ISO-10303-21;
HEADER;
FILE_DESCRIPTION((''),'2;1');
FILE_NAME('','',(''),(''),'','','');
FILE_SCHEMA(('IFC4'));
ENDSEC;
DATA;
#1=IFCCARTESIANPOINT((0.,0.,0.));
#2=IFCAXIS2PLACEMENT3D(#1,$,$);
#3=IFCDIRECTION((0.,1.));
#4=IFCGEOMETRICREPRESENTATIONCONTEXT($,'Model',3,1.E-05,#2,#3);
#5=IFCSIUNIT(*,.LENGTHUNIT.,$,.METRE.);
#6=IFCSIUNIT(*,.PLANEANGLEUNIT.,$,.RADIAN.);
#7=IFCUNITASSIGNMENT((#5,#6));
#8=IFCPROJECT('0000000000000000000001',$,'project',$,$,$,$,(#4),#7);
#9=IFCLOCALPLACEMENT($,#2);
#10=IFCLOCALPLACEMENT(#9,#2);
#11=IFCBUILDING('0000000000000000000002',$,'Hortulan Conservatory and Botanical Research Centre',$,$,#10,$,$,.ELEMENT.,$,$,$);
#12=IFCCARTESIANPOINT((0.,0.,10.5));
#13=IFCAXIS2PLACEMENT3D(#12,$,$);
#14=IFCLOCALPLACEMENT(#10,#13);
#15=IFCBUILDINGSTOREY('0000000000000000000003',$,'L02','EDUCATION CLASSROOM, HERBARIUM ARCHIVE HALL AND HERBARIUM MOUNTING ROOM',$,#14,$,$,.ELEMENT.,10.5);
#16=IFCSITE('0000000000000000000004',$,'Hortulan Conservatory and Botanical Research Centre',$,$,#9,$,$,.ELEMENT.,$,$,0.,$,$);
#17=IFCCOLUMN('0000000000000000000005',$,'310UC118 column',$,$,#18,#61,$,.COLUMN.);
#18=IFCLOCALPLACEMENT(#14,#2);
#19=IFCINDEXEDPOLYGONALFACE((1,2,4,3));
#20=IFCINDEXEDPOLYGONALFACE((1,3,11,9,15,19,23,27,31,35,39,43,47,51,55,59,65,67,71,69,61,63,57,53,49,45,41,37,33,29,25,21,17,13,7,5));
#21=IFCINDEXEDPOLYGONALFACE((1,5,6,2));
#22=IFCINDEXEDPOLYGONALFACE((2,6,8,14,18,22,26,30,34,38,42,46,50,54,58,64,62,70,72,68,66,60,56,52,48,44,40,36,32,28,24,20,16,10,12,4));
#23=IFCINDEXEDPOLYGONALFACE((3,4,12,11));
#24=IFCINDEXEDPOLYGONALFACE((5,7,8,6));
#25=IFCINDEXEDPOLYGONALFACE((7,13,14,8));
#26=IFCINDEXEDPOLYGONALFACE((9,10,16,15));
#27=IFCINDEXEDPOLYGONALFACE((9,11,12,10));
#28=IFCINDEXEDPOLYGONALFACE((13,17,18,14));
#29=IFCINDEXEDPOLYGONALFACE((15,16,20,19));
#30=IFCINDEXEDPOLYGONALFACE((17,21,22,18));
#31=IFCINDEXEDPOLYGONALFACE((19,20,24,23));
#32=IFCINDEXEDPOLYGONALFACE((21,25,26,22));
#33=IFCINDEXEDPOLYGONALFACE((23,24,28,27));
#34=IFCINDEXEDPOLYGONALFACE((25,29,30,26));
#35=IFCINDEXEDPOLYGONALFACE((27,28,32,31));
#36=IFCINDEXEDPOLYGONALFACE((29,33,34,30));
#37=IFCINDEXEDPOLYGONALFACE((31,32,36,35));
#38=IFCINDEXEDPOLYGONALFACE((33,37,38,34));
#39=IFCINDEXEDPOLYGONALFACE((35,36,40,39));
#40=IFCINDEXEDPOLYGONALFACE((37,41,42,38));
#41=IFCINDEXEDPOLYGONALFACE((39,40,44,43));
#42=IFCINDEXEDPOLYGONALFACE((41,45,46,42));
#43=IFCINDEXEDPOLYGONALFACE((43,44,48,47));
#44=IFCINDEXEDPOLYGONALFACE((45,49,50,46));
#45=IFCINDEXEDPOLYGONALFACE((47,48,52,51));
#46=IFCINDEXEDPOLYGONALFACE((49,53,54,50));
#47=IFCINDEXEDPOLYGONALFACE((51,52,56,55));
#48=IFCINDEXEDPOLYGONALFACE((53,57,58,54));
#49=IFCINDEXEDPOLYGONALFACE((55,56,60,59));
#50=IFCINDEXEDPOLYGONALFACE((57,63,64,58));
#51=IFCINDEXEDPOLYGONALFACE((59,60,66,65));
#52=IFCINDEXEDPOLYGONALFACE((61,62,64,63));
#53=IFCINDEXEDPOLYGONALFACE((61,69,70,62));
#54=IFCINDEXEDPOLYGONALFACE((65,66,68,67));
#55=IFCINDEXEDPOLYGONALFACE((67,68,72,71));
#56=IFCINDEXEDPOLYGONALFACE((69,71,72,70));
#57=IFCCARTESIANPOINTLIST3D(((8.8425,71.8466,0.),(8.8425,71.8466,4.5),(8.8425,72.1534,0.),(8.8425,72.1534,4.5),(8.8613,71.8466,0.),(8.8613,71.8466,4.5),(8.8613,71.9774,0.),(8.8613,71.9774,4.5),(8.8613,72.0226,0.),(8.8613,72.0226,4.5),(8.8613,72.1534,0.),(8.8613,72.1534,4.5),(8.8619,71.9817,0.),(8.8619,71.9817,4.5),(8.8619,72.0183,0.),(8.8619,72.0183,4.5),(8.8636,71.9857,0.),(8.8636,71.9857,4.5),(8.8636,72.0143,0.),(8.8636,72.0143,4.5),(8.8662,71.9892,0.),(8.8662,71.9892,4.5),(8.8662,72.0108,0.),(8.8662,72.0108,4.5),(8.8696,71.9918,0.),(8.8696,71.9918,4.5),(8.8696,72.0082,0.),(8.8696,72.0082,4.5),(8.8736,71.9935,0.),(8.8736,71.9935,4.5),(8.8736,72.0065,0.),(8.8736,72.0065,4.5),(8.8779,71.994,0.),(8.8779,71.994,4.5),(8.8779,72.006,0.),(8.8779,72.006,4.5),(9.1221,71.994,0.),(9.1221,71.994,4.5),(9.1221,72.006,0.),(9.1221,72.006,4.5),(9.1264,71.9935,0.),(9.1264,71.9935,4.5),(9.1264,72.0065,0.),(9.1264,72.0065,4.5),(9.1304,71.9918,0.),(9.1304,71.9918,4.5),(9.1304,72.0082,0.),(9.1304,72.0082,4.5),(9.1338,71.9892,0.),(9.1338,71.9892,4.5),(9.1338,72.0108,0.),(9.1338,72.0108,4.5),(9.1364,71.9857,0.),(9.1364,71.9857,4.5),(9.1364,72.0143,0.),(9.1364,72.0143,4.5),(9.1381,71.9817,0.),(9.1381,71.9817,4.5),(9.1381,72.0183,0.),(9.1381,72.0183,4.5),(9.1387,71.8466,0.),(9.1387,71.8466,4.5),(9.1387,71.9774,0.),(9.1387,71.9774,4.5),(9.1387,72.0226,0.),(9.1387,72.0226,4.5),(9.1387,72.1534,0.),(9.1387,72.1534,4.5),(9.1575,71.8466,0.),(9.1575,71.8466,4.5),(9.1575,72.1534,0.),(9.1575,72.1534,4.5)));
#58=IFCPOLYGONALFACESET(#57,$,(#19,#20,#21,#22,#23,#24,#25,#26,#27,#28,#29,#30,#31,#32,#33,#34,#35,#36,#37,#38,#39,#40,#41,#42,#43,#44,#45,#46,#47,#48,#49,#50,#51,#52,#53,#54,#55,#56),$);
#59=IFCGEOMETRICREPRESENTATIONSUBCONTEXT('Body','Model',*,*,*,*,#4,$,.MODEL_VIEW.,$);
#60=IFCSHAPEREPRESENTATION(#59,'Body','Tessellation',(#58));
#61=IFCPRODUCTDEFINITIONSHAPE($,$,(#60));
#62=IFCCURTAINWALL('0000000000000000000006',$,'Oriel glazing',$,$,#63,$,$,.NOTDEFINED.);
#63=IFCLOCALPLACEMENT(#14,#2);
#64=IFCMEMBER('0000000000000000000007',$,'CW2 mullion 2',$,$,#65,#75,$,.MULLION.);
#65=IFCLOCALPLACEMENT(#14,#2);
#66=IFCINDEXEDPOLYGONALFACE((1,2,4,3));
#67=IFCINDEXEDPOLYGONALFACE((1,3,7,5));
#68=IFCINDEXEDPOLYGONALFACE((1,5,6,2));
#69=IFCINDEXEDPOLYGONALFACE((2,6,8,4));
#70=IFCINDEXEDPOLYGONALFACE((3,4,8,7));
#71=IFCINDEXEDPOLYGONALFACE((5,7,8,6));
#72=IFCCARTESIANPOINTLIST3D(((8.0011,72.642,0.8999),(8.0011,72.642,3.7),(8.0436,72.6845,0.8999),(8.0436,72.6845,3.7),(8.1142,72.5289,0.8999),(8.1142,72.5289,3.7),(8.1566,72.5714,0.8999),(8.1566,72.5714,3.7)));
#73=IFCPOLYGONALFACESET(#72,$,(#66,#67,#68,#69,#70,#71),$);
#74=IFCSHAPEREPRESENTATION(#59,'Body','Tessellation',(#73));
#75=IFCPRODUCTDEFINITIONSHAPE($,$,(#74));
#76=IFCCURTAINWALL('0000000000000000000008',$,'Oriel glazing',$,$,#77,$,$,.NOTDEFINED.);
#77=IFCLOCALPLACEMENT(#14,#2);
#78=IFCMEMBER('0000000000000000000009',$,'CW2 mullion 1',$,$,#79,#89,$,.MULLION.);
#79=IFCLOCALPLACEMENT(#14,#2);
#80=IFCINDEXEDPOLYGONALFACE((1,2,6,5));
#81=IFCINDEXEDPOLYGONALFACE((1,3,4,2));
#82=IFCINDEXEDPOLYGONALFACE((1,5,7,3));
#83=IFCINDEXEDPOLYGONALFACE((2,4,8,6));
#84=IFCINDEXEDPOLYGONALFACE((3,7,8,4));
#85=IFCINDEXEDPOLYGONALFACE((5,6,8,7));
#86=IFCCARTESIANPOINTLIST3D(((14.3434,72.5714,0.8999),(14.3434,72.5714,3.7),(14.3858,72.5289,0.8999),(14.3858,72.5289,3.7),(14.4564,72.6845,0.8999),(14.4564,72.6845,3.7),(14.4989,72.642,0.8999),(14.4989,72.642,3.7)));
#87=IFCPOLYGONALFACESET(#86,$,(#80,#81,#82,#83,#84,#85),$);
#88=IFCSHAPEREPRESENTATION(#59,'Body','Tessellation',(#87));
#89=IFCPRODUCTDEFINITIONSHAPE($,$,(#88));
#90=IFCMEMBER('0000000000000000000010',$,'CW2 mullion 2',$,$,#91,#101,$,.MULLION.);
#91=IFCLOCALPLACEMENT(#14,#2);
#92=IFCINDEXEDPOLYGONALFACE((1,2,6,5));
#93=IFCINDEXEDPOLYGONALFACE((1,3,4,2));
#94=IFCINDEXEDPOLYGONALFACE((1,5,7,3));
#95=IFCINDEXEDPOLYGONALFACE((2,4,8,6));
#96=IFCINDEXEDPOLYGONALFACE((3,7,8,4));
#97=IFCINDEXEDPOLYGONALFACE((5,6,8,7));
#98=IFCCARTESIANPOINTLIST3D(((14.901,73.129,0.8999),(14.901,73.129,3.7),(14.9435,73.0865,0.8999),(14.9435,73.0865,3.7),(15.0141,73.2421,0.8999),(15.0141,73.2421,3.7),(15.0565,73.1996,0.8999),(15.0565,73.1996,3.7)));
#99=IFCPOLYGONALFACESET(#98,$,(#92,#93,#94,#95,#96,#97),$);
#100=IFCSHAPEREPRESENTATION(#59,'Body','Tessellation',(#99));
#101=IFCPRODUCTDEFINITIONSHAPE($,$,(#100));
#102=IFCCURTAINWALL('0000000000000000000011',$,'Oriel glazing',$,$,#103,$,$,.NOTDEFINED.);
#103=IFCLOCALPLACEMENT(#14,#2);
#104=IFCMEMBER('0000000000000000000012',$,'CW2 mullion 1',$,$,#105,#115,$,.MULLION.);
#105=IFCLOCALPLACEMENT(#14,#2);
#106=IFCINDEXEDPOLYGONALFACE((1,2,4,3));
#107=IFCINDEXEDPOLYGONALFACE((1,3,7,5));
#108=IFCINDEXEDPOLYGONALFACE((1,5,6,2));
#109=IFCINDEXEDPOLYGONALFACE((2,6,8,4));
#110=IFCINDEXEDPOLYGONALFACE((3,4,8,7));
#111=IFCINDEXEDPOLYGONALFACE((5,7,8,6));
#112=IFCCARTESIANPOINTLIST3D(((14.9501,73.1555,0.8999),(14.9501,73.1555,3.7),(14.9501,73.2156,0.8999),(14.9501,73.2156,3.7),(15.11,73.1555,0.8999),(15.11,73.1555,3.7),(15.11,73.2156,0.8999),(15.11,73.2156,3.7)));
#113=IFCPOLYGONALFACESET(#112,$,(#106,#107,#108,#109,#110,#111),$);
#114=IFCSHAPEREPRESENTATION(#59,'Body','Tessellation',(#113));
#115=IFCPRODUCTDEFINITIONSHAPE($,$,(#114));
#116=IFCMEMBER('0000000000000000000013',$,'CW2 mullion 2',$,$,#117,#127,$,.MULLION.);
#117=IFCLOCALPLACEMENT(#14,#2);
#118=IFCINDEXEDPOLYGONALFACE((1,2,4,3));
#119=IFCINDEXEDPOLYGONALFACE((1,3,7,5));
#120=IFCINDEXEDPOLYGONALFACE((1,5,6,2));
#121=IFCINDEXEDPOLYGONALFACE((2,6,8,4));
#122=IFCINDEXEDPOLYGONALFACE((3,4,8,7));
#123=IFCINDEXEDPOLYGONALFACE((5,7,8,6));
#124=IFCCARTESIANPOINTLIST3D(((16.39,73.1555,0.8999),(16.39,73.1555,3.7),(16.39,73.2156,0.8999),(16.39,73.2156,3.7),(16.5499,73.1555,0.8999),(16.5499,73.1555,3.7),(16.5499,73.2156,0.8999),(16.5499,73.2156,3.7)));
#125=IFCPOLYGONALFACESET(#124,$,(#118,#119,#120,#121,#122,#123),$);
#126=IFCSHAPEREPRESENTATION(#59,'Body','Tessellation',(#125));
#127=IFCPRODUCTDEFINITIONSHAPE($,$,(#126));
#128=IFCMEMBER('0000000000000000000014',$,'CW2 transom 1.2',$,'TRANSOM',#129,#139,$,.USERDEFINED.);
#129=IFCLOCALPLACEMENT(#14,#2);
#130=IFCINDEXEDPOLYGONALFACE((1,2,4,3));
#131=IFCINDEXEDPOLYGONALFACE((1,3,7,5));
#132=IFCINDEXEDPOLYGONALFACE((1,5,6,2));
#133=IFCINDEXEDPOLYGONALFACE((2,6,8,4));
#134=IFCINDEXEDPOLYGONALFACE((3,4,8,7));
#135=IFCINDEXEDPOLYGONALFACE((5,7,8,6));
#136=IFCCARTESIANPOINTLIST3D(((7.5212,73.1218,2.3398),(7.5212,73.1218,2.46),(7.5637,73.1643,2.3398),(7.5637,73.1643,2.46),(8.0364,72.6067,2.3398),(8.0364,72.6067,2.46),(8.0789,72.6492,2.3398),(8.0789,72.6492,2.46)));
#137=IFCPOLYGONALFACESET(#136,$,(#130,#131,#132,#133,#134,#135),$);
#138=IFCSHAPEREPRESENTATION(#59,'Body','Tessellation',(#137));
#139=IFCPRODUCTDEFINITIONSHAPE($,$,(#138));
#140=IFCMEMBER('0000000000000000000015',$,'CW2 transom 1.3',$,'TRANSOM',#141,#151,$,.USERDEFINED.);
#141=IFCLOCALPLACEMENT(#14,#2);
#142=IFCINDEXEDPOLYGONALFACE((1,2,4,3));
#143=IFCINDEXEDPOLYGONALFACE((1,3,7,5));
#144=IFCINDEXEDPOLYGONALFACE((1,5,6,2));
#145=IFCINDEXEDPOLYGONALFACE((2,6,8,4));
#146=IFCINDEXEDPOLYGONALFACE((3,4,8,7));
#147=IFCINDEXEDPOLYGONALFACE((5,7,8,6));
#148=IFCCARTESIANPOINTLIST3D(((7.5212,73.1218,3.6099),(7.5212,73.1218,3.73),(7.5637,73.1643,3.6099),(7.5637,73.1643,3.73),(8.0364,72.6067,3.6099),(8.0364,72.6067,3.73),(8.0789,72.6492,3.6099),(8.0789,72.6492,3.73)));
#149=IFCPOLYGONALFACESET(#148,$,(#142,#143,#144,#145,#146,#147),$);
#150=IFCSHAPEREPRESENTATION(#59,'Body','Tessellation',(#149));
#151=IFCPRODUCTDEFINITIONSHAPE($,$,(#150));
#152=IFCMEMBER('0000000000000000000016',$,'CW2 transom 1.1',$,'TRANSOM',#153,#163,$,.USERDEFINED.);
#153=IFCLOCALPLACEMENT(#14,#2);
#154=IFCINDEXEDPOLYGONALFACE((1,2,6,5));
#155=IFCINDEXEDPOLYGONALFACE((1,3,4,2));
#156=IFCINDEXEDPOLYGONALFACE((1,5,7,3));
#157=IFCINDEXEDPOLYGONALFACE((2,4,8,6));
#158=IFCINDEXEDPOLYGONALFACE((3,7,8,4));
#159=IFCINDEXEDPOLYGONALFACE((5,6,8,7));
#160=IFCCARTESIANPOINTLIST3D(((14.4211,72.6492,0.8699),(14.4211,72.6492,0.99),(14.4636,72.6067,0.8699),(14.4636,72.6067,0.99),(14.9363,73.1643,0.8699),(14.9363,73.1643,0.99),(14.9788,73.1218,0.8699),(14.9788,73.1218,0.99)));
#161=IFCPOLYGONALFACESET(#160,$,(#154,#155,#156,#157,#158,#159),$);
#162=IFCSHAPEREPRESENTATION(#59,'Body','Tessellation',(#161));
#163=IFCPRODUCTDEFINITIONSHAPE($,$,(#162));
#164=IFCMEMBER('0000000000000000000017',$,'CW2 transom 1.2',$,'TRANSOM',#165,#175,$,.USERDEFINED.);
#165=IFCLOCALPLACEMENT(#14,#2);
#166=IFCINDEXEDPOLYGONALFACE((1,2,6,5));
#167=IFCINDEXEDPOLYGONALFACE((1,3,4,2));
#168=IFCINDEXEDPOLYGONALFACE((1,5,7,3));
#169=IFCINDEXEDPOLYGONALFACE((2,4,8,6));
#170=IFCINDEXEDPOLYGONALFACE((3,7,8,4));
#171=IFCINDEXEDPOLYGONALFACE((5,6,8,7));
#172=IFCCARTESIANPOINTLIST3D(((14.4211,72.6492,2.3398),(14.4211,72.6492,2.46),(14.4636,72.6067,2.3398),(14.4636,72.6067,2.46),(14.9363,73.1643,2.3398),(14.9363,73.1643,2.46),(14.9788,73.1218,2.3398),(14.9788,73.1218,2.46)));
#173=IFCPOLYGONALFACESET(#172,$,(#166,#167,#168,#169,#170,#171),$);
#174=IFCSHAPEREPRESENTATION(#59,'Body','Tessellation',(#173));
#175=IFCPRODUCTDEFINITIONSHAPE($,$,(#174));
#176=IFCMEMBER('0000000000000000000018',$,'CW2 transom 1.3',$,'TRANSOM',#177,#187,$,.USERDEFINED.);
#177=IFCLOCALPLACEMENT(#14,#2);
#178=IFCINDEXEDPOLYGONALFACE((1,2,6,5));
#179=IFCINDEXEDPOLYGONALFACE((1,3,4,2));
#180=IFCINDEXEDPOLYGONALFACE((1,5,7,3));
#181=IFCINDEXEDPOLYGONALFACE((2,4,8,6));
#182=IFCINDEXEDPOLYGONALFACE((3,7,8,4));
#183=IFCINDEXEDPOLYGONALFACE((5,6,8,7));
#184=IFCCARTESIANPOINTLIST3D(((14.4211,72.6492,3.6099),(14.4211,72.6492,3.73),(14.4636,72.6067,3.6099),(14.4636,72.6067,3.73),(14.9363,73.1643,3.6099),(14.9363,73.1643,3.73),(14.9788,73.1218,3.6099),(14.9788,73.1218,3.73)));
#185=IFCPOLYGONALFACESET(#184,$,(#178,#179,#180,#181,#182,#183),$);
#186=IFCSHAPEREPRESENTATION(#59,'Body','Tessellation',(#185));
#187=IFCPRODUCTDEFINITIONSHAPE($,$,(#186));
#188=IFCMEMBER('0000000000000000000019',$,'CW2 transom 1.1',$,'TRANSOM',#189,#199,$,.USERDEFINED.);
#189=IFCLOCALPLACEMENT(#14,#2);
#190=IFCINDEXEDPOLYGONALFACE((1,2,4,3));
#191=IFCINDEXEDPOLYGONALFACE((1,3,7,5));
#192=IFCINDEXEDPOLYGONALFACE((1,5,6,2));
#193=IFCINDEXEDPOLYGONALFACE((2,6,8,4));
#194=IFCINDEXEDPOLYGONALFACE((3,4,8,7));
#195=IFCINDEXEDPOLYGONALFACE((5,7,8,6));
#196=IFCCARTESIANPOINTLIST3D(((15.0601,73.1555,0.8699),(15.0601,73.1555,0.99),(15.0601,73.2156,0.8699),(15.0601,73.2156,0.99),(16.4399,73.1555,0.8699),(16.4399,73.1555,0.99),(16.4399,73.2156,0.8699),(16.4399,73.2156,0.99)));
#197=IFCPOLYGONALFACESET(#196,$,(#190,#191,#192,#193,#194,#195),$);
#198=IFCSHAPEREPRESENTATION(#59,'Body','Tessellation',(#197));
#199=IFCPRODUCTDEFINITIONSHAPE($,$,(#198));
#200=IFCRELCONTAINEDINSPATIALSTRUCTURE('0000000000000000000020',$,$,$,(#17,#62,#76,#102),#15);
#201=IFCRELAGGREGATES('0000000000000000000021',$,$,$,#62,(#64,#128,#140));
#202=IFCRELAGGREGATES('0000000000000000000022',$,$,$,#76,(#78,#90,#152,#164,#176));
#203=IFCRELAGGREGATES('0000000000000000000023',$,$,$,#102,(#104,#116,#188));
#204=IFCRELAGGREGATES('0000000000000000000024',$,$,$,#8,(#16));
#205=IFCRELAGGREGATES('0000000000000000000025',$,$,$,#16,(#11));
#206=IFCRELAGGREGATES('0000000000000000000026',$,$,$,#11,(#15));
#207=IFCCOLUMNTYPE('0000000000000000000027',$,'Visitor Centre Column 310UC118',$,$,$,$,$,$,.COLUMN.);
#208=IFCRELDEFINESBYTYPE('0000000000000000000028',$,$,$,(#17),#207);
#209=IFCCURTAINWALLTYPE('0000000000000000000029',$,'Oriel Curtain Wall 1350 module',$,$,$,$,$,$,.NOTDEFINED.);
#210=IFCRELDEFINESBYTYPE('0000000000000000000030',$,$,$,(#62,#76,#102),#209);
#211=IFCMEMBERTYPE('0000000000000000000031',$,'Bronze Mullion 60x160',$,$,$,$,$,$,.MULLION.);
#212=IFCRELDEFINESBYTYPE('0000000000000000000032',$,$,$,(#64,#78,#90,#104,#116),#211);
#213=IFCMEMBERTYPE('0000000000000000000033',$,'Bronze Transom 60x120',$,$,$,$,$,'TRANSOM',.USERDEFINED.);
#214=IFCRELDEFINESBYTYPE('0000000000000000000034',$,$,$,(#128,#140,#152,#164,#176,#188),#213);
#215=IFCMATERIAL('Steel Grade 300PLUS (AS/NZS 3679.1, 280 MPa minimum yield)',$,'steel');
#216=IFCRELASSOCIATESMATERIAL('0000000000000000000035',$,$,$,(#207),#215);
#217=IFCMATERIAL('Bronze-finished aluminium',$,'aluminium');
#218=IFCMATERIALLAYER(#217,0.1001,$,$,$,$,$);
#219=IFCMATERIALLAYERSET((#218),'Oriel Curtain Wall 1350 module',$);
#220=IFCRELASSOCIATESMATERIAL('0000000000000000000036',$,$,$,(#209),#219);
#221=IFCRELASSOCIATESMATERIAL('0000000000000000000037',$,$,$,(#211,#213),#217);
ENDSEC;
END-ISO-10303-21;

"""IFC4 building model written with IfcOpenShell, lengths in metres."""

from ifc_helpers import new_model, si_unit, direction, frame, origin, origin_2d, place, context, subcontext, project, spatial, rectangle, i_section, extrude, material, layer, layer_set, material_profile, profile_set, type_object, element, aggregate, save


model = new_model("IFC4")

# Units and contexts
model_context = context("Model", 3, precision=1e-05, world=origin(), true_north=direction((0.0, 1.0)))
body_context = subcontext(model_context, "Body", "Model", "MODEL_VIEW")
ifc_project = project(units=[si_unit("LENGTHUNIT", "METRE"), si_unit("PLANEANGLEUNIT", "RADIAN")], contexts=[model_context])

# Site, building, storey
site_placement = place(None, origin())
site = spatial("IfcSite", under=ifc_project, at=site_placement, Name="Hortulan Conservatory and Botanical Research Centre", CompositionType="ELEMENT", RefElevation=0.0)
building_placement = place(site_placement, origin())
building = spatial("IfcBuilding", under=site, at=building_placement, Name="Hortulan Conservatory and Botanical Research Centre", CompositionType="ELEMENT")
storey_placement = place(building_placement, frame((0.0, 0.0, 10.5)))
storey = spatial("IfcBuildingStorey", under=building, at=storey_placement, Name="L02", Description="EDUCATION CLASSROOM, HERBARIUM ARCHIVE HALL AND HERBARIUM MOUNTING ROOM", CompositionType="ELEMENT", Elevation=10.5)

# Column
ifc_material_1 = material(Name="Steel Grade 300PLUS (AS/NZS 3679.1, 280 MPa minimum yield)", Category="steel")
ifc_material_profile_1 = material_profile(ifc_material_1, i_section(OverallWidth=0.3069, OverallDepth=0.3149, WebThickness=0.012, FlangeThickness=0.0188, FilletRadius=0.0166, at=origin_2d()), Name="310UC118")
ifc_profile_set_1 = profile_set([ifc_material_profile_1], Name="Steel Grade 300PLUS (AS/NZS 3679.1, 280 MPa minimum yield)")
column_type = type_object("IfcColumnType", Name="Visitor Centre Column 310UC118", PredefinedType="COLUMN", material=ifc_profile_set_1)
column_placement = place(storey_placement, frame((9.0, 72.0, 0.0), z_axis=(0.0, 0.0, 1.0), x_axis=(0.0, 1.0, 0.0)))
element("IfcColumn", 1, at=column_placement, inside=storey, type_object=column_type, Name="310UC118 column", PredefinedType="COLUMN", context=body_context, shape_type="SweptSolid", body=[
    extrude(i_section(OverallWidth=0.3069, OverallDepth=0.3149, WebThickness=0.012, FlangeThickness=0.0188, FilletRadius=0.0166, at=origin_2d()), origin(), (0.0, 0.0, 1.0), 4.5),
])

# Curtain wall, member
ifc_material_2 = material(Name="Bronze-finished aluminium", Category="aluminium")
ifc_layer_1 = layer(ifc_material_2, 0.1001)
ifc_layer_set_1 = layer_set([ifc_layer_1], Name="Oriel Curtain Wall 1350 module")
curtain_wall_type = type_object("IfcCurtainWallType", Name="Oriel Curtain Wall 1350 module", PredefinedType="NOTDEFINED", material=ifc_layer_set_1)
curtain_wall_1_placement = place(storey_placement, origin())
curtain_wall_1 = element("IfcCurtainWall", 2, at=curtain_wall_1_placement, inside=storey, type_object=curtain_wall_type, Name="Oriel glazing", PredefinedType="NOTDEFINED")
ifc_material_profile_2 = material_profile(ifc_material_2, rectangle(XDim=0.0601, YDim=0.1599, at=origin_2d()), Name="Bronze Mullion 60x160")
ifc_profile_set_2 = profile_set([ifc_material_profile_2], Name="Bronze-finished aluminium")
member_type_1 = type_object("IfcMemberType", Name="Bronze Mullion 60x160", PredefinedType="MULLION", material=ifc_profile_set_2)
member_1_placement = place(storey_placement, frame((8.0789, 72.6067, 0.8999), z_axis=(0.0, 0.0, 1.0), x_axis=(0.707107, 0.707107, 0.0)))
member_1 = element("IfcMember", 3, at=member_1_placement, type_object=member_type_1, Name="CW2 mullion 2", PredefinedType="MULLION", context=body_context, shape_type="SweptSolid", body=[
    extrude(rectangle(XDim=0.0601, YDim=0.1599, at=origin_2d()), origin(), (0.0, 0.0, 1.0), 2.8),
])

# Curtain walls, members
curtain_wall_2_placement = place(storey_placement, origin())
curtain_wall_2 = element("IfcCurtainWall", 4, at=curtain_wall_2_placement, inside=storey, type_object=curtain_wall_type, Name="Oriel glazing", PredefinedType="NOTDEFINED")
member_2_placement = place(storey_placement, frame((14.4211, 72.6067, 0.8999), z_axis=(0.0, 0.0, 1.0), x_axis=(-0.707107, 0.707107, 0.0)))
member_2 = element("IfcMember", 5, at=member_2_placement, type_object=member_type_1, Name="CW2 mullion 1", PredefinedType="MULLION", context=body_context, shape_type="SweptSolid", body=[
    extrude(rectangle(XDim=0.0601, YDim=0.1599, at=origin_2d()), origin(), (0.0, 0.0, 1.0), 2.8),
])
member_3_placement = place(storey_placement, frame((14.9788, 73.1643, 0.8999), z_axis=(0.0, 0.0, 1.0), x_axis=(-0.707107, 0.707107, 0.0)))
member_3 = element("IfcMember", 6, at=member_3_placement, type_object=member_type_1, Name="CW2 mullion 2", PredefinedType="MULLION", context=body_context, shape_type="SweptSolid", body=[
    extrude(rectangle(XDim=0.0601, YDim=0.1599, at=origin_2d()), origin(), (0.0, 0.0, 1.0), 2.8),
])
curtain_wall_3_placement = place(storey_placement, origin())
curtain_wall_3 = element("IfcCurtainWall", 7, at=curtain_wall_3_placement, inside=storey, type_object=curtain_wall_type, Name="Oriel glazing", PredefinedType="NOTDEFINED")
member_4_placement = place(storey_placement, frame((15.03, 73.1855, 0.8999), z_axis=(0.0, 0.0, 1.0), x_axis=(0.0, 1.0, 0.0)))
member_4 = element("IfcMember", 8, at=member_4_placement, type_object=member_type_1, Name="CW2 mullion 1", PredefinedType="MULLION", context=body_context, shape_type="SweptSolid", body=[
    extrude(rectangle(XDim=0.0601, YDim=0.1599, at=origin_2d()), origin(), (0.0, 0.0, 1.0), 2.8),
])
member_5_placement = place(storey_placement, frame((16.47, 73.1855, 0.8999), z_axis=(0.0, 0.0, 1.0), x_axis=(0.0, 1.0, 0.0)))
member_5 = element("IfcMember", 9, at=member_5_placement, type_object=member_type_1, Name="CW2 mullion 2", PredefinedType="MULLION", context=body_context, shape_type="SweptSolid", body=[
    extrude(rectangle(XDim=0.0601, YDim=0.1599, at=origin_2d()), origin(), (0.0, 0.0, 1.0), 2.8),
])

# Members
ifc_material_profile_3 = material_profile(ifc_material_2, rectangle(XDim=0.0601, YDim=0.1201, at=origin_2d()), Name="Bronze Transom 60x120")
ifc_profile_set_3 = profile_set([ifc_material_profile_3], Name="Bronze-finished aluminium")
member_type_2 = type_object("IfcMemberType", Name="Bronze Transom 60x120", ElementType="TRANSOM", PredefinedType="USERDEFINED", material=ifc_profile_set_3)
member_6_placement = place(storey_placement, frame((7.5425, 73.1431, 2.3999), z_axis=(0.707107, -0.707107, 0.0), x_axis=(0.707107, 0.707107, 0.0)))
member_6 = element("IfcMember", 10, at=member_6_placement, type_object=member_type_2, Name="CW2 transom 1.2", ObjectType="TRANSOM", PredefinedType="USERDEFINED", context=body_context, shape_type="SweptSolid", body=[
    extrude(rectangle(XDim=0.0601, YDim=0.1201, at=origin_2d()), origin(), (0.0, 0.0, 1.0), 0.7285),
])
member_7_placement = place(storey_placement, frame((7.5425, 73.1431, 3.6699), z_axis=(0.707107, -0.707107, 0.0), x_axis=(0.707107, 0.707107, 0.0)))
member_7 = element("IfcMember", 11, at=member_7_placement, type_object=member_type_2, Name="CW2 transom 1.3", ObjectType="TRANSOM", PredefinedType="USERDEFINED", context=body_context, shape_type="SweptSolid", body=[
    extrude(rectangle(XDim=0.0601, YDim=0.1201, at=origin_2d()), origin(), (0.0, 0.0, 1.0), 0.7285),
])
member_8_placement = place(storey_placement, frame((14.4424, 72.6279, 0.9299), z_axis=(0.707107, 0.707107, 0.0), x_axis=(-0.707107, 0.707107, 0.0)))
member_8 = element("IfcMember", 12, at=member_8_placement, type_object=member_type_2, Name="CW2 transom 1.1", ObjectType="TRANSOM", PredefinedType="USERDEFINED", context=body_context, shape_type="SweptSolid", body=[
    extrude(rectangle(XDim=0.0601, YDim=0.1201, at=origin_2d()), origin(), (0.0, 0.0, 1.0), 0.7285),
])
member_9_placement = place(storey_placement, frame((14.4424, 72.6279, 2.3999), z_axis=(0.707107, 0.707107, 0.0), x_axis=(-0.707107, 0.707107, 0.0)))
member_9 = element("IfcMember", 13, at=member_9_placement, type_object=member_type_2, Name="CW2 transom 1.2", ObjectType="TRANSOM", PredefinedType="USERDEFINED", context=body_context, shape_type="SweptSolid", body=[
    extrude(rectangle(XDim=0.0601, YDim=0.1201, at=origin_2d()), origin(), (0.0, 0.0, 1.0), 0.7285),
])
member_10_placement = place(storey_placement, frame((14.4424, 72.6279, 3.6699), z_axis=(0.707107, 0.707107, 0.0), x_axis=(-0.707107, 0.707107, 0.0)))
member_10 = element("IfcMember", 14, at=member_10_placement, type_object=member_type_2, Name="CW2 transom 1.3", ObjectType="TRANSOM", PredefinedType="USERDEFINED", context=body_context, shape_type="SweptSolid", body=[
    extrude(rectangle(XDim=0.0601, YDim=0.1201, at=origin_2d()), origin(), (0.0, 0.0, 1.0), 0.7285),
])
member_11_placement = place(storey_placement, frame((15.0601, 73.1855, 0.9299), z_axis=(1.0, 0.0, 0.0), x_axis=(0.0, 1.0, 0.0)))
member_11 = element("IfcMember", 15, at=member_11_placement, type_object=member_type_2, Name="CW2 transom 1.1", ObjectType="TRANSOM", PredefinedType="USERDEFINED", context=body_context, shape_type="SweptSolid", body=[
    extrude(rectangle(XDim=0.0601, YDim=0.1201, at=origin_2d()), origin(), (0.0, 0.0, 1.0), 1.3799),
])

aggregate(curtain_wall_1, [member_1, member_6, member_7])
aggregate(curtain_wall_2, [member_2, member_3, member_8, member_9, member_10])
aggregate(curtain_wall_3, [member_4, member_5, member_11])

save(model, "model.ifc")
